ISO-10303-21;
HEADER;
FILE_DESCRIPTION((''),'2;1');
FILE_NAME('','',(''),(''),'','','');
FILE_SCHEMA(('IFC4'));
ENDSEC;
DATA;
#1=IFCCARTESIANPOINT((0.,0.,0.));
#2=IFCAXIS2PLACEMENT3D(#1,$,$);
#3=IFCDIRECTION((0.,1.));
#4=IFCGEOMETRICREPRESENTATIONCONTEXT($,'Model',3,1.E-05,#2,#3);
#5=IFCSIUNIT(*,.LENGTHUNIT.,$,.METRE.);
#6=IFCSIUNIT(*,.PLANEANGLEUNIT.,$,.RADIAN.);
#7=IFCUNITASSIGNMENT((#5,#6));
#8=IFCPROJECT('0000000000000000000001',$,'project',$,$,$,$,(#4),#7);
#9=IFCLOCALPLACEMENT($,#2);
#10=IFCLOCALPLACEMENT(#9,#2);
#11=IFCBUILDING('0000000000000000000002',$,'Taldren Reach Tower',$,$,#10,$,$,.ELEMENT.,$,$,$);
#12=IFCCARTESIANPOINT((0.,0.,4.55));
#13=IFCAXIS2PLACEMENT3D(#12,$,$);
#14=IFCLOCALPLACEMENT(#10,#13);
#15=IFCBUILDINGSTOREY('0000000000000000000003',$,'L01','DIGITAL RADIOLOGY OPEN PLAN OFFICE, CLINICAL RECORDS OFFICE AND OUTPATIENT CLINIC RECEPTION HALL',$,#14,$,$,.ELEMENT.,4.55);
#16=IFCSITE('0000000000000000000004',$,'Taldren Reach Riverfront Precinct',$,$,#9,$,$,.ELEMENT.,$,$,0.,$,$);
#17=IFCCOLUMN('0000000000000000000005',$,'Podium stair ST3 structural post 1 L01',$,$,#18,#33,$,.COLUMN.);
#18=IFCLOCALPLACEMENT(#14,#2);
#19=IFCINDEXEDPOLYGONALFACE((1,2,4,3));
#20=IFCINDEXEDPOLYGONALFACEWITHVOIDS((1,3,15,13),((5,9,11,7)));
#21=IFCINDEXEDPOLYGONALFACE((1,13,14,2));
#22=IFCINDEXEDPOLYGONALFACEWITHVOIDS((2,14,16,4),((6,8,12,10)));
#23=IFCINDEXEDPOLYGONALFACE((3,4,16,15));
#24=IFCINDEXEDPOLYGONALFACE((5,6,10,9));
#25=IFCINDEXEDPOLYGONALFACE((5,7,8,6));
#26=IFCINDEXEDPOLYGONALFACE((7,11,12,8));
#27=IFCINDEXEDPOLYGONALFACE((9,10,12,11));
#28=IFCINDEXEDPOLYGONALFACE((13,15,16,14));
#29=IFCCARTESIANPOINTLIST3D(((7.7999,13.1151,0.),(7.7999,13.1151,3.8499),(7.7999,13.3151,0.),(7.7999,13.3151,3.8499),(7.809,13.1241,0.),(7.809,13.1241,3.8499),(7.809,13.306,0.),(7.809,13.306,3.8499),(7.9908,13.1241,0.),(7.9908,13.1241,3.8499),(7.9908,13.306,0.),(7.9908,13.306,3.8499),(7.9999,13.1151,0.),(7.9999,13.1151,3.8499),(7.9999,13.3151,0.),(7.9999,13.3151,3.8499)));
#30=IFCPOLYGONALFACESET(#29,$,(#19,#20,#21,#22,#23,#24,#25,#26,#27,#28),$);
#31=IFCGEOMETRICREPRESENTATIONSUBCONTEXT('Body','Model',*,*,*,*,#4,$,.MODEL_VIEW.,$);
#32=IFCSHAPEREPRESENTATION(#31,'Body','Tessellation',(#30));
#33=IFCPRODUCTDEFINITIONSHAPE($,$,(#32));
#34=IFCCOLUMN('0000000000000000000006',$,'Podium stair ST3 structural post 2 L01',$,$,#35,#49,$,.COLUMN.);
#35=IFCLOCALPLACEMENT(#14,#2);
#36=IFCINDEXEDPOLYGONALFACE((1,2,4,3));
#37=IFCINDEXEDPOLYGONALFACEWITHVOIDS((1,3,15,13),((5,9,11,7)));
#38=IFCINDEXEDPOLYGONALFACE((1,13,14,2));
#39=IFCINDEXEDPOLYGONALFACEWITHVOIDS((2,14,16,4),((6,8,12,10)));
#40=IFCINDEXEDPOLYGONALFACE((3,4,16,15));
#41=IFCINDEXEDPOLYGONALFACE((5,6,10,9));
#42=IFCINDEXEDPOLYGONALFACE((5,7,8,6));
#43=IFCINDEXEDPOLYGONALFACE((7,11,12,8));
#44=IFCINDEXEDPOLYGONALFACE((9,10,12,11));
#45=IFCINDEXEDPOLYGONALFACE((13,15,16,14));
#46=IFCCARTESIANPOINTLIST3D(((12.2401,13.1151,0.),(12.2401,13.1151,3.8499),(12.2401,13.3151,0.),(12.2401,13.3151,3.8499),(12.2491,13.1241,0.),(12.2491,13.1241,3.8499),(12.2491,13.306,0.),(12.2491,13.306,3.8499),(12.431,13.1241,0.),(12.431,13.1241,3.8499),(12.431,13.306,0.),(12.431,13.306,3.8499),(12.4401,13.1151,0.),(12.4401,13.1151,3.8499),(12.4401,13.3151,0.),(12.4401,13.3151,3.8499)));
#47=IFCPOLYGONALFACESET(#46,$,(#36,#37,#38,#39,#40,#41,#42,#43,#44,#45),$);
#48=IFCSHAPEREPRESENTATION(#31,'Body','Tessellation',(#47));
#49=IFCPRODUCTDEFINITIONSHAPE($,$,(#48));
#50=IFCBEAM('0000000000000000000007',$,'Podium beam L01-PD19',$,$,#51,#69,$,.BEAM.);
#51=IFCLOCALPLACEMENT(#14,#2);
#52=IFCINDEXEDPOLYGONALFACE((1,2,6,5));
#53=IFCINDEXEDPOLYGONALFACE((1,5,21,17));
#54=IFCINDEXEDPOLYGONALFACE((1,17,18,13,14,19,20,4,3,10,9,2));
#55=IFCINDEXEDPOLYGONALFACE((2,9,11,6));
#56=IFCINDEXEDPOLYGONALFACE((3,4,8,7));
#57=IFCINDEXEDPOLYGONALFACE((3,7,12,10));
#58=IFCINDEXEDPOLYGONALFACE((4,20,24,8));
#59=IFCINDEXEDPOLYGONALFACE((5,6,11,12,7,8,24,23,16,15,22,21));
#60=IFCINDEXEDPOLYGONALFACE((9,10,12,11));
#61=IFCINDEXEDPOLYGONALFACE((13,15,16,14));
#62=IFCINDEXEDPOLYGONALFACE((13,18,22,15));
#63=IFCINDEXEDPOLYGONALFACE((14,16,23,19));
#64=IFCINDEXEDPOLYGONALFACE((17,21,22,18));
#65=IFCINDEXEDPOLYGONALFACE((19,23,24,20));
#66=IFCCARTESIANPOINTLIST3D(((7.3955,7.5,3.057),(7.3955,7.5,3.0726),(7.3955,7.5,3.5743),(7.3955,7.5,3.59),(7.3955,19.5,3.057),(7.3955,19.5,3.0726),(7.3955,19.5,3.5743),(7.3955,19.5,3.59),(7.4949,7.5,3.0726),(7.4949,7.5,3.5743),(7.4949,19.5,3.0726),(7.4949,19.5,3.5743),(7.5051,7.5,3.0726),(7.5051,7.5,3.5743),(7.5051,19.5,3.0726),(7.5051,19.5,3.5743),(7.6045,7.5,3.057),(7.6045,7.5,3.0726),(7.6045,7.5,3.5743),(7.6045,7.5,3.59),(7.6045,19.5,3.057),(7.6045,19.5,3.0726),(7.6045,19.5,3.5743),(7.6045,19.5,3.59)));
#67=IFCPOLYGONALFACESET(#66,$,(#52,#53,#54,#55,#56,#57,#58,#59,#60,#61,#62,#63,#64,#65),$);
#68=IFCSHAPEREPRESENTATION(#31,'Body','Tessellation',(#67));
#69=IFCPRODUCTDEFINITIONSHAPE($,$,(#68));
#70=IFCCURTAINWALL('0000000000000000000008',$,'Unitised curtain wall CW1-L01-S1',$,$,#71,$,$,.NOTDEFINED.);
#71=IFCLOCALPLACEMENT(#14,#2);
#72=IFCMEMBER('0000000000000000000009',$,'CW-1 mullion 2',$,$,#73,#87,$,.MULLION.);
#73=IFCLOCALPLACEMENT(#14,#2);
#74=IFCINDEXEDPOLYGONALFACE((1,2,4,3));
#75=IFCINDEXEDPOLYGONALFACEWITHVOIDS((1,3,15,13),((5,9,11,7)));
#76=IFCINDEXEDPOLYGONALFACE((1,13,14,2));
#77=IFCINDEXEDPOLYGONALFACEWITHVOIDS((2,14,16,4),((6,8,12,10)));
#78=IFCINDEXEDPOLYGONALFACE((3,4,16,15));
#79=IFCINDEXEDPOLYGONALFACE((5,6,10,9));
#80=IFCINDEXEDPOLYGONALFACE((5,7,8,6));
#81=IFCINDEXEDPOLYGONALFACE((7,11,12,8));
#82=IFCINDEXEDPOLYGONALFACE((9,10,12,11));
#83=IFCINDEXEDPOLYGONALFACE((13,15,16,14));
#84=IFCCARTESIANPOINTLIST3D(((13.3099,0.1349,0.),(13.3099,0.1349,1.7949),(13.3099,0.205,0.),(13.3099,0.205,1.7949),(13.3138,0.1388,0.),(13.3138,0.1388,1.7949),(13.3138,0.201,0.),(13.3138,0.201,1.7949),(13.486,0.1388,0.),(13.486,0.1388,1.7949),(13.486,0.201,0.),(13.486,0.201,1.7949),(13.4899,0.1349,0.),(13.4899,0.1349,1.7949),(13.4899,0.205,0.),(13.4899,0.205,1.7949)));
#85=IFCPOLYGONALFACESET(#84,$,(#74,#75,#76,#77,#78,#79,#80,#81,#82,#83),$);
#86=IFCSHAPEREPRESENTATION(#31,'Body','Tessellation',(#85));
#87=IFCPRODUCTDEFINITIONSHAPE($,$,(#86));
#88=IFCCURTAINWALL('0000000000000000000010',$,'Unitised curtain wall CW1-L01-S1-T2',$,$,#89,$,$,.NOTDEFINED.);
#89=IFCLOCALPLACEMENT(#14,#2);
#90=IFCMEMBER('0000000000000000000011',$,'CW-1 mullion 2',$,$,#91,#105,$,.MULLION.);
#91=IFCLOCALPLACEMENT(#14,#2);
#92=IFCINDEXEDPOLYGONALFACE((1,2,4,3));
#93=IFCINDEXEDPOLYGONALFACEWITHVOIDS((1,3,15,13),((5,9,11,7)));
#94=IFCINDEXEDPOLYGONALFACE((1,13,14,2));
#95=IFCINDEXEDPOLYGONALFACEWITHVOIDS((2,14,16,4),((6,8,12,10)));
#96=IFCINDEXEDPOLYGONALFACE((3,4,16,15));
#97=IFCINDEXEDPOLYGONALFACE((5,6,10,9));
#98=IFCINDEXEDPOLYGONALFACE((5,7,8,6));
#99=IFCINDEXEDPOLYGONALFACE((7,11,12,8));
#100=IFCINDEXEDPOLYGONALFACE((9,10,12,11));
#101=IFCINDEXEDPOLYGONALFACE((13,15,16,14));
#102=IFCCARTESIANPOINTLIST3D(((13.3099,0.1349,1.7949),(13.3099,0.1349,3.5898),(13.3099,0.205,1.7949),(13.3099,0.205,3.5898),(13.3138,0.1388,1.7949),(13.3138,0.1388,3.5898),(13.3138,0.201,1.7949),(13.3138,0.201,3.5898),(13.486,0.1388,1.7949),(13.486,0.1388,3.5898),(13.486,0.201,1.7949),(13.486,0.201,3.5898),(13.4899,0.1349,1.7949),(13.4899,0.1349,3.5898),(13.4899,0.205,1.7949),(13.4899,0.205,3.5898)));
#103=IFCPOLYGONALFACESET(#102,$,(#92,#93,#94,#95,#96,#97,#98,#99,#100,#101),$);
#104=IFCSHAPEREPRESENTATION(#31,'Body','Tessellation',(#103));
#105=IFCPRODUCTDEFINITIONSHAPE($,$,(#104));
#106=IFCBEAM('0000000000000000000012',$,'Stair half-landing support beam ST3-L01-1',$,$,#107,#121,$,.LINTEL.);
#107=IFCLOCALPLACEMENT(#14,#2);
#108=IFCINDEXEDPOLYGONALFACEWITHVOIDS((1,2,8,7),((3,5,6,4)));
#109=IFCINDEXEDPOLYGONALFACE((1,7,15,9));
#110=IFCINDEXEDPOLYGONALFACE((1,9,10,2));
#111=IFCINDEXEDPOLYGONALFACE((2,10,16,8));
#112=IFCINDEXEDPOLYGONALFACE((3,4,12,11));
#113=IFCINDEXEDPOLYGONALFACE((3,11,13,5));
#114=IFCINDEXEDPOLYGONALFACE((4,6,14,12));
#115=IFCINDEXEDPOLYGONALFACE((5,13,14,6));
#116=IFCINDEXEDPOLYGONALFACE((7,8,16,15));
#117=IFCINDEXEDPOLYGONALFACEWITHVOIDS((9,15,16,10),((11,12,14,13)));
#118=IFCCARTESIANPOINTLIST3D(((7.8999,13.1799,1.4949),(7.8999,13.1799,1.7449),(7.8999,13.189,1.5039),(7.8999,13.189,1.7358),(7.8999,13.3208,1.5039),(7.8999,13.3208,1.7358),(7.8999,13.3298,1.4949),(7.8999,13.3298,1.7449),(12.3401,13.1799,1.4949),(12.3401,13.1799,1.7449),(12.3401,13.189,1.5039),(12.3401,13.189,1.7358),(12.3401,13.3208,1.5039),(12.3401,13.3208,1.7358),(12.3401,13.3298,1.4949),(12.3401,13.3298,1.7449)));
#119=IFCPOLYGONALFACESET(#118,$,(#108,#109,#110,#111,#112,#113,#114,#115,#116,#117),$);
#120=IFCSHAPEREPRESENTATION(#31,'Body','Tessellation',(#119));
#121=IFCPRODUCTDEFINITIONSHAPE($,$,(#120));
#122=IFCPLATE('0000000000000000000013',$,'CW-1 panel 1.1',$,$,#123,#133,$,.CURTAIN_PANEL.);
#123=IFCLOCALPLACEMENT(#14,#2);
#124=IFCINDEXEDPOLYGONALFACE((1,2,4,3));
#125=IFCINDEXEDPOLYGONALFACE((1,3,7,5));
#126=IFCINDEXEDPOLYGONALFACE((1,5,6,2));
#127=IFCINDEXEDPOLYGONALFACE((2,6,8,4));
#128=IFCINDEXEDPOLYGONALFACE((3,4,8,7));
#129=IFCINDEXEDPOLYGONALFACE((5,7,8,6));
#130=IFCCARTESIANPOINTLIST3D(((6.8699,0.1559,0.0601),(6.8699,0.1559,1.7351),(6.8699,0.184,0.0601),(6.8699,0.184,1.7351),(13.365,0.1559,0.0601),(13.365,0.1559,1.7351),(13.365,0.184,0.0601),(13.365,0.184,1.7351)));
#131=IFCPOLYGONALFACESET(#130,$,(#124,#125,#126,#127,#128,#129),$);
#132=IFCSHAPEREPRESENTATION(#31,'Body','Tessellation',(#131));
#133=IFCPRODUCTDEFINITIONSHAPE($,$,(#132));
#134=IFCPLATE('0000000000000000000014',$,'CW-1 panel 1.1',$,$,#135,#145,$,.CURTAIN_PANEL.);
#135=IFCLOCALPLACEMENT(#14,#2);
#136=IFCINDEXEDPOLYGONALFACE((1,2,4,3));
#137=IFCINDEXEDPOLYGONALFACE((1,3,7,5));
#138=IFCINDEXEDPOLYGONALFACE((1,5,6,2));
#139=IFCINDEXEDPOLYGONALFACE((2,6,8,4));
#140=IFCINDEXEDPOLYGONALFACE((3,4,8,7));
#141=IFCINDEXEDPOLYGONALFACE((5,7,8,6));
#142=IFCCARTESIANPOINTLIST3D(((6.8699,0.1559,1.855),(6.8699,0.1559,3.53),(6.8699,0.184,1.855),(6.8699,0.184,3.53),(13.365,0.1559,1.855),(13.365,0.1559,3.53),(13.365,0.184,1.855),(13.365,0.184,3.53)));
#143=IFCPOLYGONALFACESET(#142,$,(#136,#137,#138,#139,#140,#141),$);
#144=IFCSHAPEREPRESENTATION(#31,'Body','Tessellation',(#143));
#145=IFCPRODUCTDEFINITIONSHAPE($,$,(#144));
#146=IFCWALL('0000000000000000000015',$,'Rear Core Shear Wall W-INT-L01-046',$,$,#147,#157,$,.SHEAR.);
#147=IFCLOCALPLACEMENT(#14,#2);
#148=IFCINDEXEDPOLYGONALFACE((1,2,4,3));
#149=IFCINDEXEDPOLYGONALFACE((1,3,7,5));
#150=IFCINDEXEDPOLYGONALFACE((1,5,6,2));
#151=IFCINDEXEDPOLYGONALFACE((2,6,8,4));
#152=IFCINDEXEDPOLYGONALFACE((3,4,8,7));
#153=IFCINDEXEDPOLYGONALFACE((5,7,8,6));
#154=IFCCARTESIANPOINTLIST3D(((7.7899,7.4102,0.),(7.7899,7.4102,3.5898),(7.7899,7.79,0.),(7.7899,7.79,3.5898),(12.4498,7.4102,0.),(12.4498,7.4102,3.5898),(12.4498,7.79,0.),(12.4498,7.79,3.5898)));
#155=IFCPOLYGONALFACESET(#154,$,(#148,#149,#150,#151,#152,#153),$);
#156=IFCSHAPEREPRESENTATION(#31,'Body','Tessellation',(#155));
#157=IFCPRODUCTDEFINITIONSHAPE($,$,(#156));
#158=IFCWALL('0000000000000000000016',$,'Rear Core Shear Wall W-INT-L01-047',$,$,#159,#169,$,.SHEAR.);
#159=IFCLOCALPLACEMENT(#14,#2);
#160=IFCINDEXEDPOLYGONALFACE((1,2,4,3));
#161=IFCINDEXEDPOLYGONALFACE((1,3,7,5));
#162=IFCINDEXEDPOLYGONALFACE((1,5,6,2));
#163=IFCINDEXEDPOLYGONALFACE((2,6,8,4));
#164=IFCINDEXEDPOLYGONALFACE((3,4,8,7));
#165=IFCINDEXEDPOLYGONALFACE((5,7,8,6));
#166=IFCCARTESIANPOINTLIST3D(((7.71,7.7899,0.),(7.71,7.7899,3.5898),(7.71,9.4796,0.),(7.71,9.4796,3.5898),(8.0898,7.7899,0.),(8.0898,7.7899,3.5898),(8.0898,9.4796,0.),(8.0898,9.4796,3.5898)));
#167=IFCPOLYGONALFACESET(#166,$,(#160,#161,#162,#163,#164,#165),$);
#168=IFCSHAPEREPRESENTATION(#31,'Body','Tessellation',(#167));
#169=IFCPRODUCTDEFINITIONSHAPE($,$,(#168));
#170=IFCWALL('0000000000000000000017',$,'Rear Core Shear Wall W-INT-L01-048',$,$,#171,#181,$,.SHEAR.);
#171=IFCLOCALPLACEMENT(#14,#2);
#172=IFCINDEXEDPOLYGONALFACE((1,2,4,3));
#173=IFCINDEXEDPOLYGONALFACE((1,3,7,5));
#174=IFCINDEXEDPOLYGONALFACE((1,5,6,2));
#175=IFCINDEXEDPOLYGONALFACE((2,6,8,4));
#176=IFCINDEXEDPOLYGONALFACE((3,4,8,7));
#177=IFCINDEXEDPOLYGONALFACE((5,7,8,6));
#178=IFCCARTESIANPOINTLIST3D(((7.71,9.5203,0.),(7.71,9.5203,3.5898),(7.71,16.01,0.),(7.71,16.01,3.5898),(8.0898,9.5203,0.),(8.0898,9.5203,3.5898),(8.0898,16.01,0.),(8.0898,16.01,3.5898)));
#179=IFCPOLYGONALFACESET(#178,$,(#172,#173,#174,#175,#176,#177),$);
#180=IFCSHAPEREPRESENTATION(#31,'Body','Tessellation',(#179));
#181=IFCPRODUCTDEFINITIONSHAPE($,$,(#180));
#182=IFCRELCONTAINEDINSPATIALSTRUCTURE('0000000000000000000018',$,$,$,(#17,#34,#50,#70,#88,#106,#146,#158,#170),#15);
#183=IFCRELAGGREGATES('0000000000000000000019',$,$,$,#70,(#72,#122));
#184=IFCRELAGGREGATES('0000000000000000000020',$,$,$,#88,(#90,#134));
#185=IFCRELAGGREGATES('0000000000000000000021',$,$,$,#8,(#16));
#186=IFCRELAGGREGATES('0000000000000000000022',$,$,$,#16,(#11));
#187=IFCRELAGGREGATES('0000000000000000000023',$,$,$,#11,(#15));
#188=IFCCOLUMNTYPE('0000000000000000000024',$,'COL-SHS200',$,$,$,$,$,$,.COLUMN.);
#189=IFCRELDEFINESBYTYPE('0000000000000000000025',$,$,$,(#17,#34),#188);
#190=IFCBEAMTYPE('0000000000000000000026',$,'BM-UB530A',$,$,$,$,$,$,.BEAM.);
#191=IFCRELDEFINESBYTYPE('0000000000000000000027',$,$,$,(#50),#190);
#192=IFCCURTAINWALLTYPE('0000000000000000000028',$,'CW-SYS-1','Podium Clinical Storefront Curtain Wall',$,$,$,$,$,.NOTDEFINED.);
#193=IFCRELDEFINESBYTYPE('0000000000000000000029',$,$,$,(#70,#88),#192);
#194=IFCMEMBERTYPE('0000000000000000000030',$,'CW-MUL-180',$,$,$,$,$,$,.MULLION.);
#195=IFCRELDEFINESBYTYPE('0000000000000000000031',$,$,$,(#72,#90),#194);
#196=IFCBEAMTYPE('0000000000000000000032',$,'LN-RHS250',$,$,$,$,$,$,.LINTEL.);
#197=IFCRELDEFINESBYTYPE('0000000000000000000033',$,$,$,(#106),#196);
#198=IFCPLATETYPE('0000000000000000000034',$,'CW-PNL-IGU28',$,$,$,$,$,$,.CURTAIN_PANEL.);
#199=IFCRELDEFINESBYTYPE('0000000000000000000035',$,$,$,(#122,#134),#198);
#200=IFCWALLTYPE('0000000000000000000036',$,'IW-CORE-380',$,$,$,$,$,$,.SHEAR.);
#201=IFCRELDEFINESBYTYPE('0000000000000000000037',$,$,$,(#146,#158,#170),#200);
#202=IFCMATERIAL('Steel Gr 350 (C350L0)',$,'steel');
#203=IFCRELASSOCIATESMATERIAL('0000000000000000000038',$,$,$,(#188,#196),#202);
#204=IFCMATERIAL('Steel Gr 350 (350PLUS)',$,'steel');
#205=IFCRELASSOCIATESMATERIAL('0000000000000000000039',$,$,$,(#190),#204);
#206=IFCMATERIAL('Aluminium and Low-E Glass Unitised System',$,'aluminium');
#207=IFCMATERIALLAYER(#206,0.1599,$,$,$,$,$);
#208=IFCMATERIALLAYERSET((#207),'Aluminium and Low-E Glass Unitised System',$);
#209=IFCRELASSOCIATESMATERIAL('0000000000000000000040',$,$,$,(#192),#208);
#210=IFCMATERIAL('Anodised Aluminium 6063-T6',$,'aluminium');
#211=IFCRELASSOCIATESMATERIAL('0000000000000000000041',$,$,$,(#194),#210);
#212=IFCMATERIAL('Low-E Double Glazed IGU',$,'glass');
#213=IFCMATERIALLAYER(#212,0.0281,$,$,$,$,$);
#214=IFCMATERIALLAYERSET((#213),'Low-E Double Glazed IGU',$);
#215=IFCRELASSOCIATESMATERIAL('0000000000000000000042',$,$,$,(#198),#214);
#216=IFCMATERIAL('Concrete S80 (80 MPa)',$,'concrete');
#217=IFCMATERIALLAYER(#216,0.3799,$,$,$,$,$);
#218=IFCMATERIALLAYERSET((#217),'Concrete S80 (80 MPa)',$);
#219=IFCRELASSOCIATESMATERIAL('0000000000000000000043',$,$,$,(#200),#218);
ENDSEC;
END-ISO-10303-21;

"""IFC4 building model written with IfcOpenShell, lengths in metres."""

from ifc_helpers import new_model, si_unit, direction, frame, frame_2d, origin, origin_2d, place, context, subcontext, project, spatial, rectangle, hollow_rectangle, i_section, extrude, source, transform, mapped, material, layer, layer_set, material_profile, profile_set, type_object, element, aggregate, save


model = new_model("IFC4")

# Units and contexts
model_context = context("Model", 3, precision=1e-05, world=origin(), true_north=direction((0.0, 1.0)))
body_context = subcontext(model_context, "Body", "Model", "MODEL_VIEW")
ifc_project = project(units=[si_unit("LENGTHUNIT", "METRE"), si_unit("PLANEANGLEUNIT", "RADIAN")], contexts=[model_context])

# Site, building, storey
site_placement = place(None, origin())
site = spatial("IfcSite", under=ifc_project, at=site_placement, Name="Taldren Reach Riverfront Precinct", CompositionType="ELEMENT", RefElevation=0.0)
building_placement = place(site_placement, origin())
building = spatial("IfcBuilding", under=site, at=building_placement, Name="Taldren Reach Tower", CompositionType="ELEMENT")
storey_placement = place(building_placement, frame((0.0, 0.0, 4.55)))
storey = spatial("IfcBuildingStorey", under=building, at=storey_placement, Name="L01", Description="DIGITAL RADIOLOGY OPEN PLAN OFFICE, CLINICAL RECORDS OFFICE AND OUTPATIENT CLINIC RECEPTION HALL", CompositionType="ELEMENT", Elevation=4.55)

# Columns
ifc_material_1 = material(Name="Steel Gr 350 (C350L0)", Category="steel")
ifc_material_profile_1 = material_profile(ifc_material_1, hollow_rectangle(XDim=0.2, YDim=0.2, WallThickness=0.009, at=origin_2d()), Name="200x200x9.0SHS")
ifc_profile_set_1 = profile_set([ifc_material_profile_1], Name="Steel Gr 350 (C350L0)")
column_type = type_object("IfcColumnType", Name="COL-SHS200", PredefinedType="COLUMN", material=ifc_profile_set_1)
shared_shape_1 = source(origin(), body_context, "Body", "SweptSolid", [
    extrude(hollow_rectangle(XDim=0.2, YDim=0.2, WallThickness=0.009, at=origin_2d()), origin(), (0.0, 0.0, 1.0), 3.8499),
])
for number, where, z_axis, x_axis, name in (
    (1, (7.8999, 13.2151, 0.0), (0.0, 0.0, 1.0), (1.0, 0.0, 0.0), "Podium stair ST3 structural post 1 L01"),
    (2, (12.3401, 13.2151, 0.0), (0.0, 0.0, 1.0), (1.0, 0.0, 0.0), "Podium stair ST3 structural post 2 L01"),
):
    element("IfcColumn", number, at=place(storey_placement, frame(where, z_axis=z_axis, x_axis=x_axis)), inside=storey, type_object=column_type, Name=name, PredefinedType="COLUMN", context=body_context, shape_type="MappedRepresentation", body=[
        mapped(shared_shape_1, transform((0.0, 0.0, 0.0), scale=1.0)),
    ])

# Beam
ifc_material_2 = material(Name="Steel Gr 350 (350PLUS)", Category="steel")
ifc_material_profile_2 = material_profile(ifc_material_2, i_section(OverallWidth=0.209, OverallDepth=0.533, WebThickness=0.0103, FlangeThickness=0.0156, at=origin_2d()), Name="530UB92.4")
ifc_profile_set_2 = profile_set([ifc_material_profile_2], Name="Steel Gr 350 (350PLUS)")
beam_type_1 = type_object("IfcBeamType", Name="BM-UB530A", PredefinedType="BEAM", material=ifc_profile_set_2)
shared_shape_2 = source(origin(), body_context, "Body", "SweptSolid", [
    extrude(i_section(OverallWidth=0.209, OverallDepth=0.533, WebThickness=0.0103, FlangeThickness=0.0156, at=origin_2d()), origin(), (0.0, 0.0, 1.0), 12.0),
])
beam_1_placement = place(storey_placement, frame((7.5, 7.5, 3.3235), z_axis=(0.0, 1.0, 0.0), x_axis=(-1.0, 0.0, 0.0)))
element("IfcBeam", 3, at=beam_1_placement, inside=storey, type_object=beam_type_1, Name="Podium beam L01-PD19", PredefinedType="BEAM", context=body_context, shape_type="MappedRepresentation", body=[
    mapped(shared_shape_2, transform((0.0, 0.0, 0.0), scale=1.0)),
])

# Curtain walls, members
ifc_material_3 = material(Name="Aluminium and Low-E Glass Unitised System", Category="aluminium")
ifc_layer_1 = layer(ifc_material_3, 0.1599)
ifc_layer_set_1 = layer_set([ifc_layer_1], Name="Aluminium and Low-E Glass Unitised System")
curtain_wall_type = type_object("IfcCurtainWallType", Name="CW-SYS-1", Description="Podium Clinical Storefront Curtain Wall", PredefinedType="NOTDEFINED", material=ifc_layer_set_1)
curtain_wall_1_placement = place(storey_placement, origin())
curtain_wall_1 = element("IfcCurtainWall", 4, at=curtain_wall_1_placement, inside=storey, type_object=curtain_wall_type, Name="Unitised curtain wall CW1-L01-S1", PredefinedType="NOTDEFINED")
ifc_material_4 = material(Name="Anodised Aluminium 6063-T6", Category="aluminium")
ifc_material_profile_3 = material_profile(ifc_material_4, hollow_rectangle(XDim=0.0701, YDim=0.1799, WallThickness=0.0039, at=origin_2d()), Name="ALU-180x70x4RHS")
ifc_profile_set_3 = profile_set([ifc_material_profile_3], Name="Anodised Aluminium 6063-T6")
member_type = type_object("IfcMemberType", Name="CW-MUL-180", PredefinedType="MULLION", material=ifc_profile_set_3)
shared_shape_3 = source(origin(), body_context, "Body", "SweptSolid", [
    extrude(hollow_rectangle(XDim=0.0701, YDim=0.1799, WallThickness=0.0039, at=origin_2d()), origin(), (0.0, 0.0, 1.0), 1.7949),
])
member_1_placement = place(storey_placement, frame((13.3999, 0.1699, 0.0), z_axis=(0.0, 0.0, 1.0), x_axis=(0.0, 1.0, 0.0)))
member_1 = element("IfcMember", 5, at=member_1_placement, type_object=member_type, Name="CW-1 mullion 2", PredefinedType="MULLION", context=body_context, shape_type="MappedRepresentation", body=[
    mapped(shared_shape_3, transform((0.0, 0.0, 0.0), scale=1.0)),
])
curtain_wall_2_placement = place(storey_placement, origin())
curtain_wall_2 = element("IfcCurtainWall", 6, at=curtain_wall_2_placement, inside=storey, type_object=curtain_wall_type, Name="Unitised curtain wall CW1-L01-S1-T2", PredefinedType="NOTDEFINED")
member_2_placement = place(storey_placement, frame((13.3999, 0.1699, 1.7949), z_axis=(0.0, 0.0, 1.0), x_axis=(0.0, 1.0, 0.0)))
member_2 = element("IfcMember", 7, at=member_2_placement, type_object=member_type, Name="CW-1 mullion 2", PredefinedType="MULLION", context=body_context, shape_type="MappedRepresentation", body=[
    mapped(shared_shape_3, transform((0.0, 0.0, 0.0), scale=1.0)),
])

# Beam
ifc_material_profile_4 = material_profile(ifc_material_1, hollow_rectangle(XDim=0.1499, YDim=0.25, WallThickness=0.009, at=origin_2d()), Name="250x150x9.0RHS")
ifc_profile_set_4 = profile_set([ifc_material_profile_4], Name="Steel Gr 350 (C350L0)")
beam_type_2 = type_object("IfcBeamType", Name="LN-RHS250", PredefinedType="LINTEL", material=ifc_profile_set_4)
shared_shape_4 = source(origin(), body_context, "Body", "SweptSolid", [
    extrude(hollow_rectangle(XDim=0.1499, YDim=0.25, WallThickness=0.009, at=origin_2d()), origin(), (0.0, 0.0, 1.0), 4.4402),
])
beam_2_placement = place(storey_placement, frame((7.8999, 13.2549, 1.6199), z_axis=(1.0, 0.0, 0.0), x_axis=(0.0, 1.0, 0.0)))
element("IfcBeam", 8, at=beam_2_placement, inside=storey, type_object=beam_type_2, Name="Stair half-landing support beam ST3-L01-1", PredefinedType="LINTEL", context=body_context, shape_type="MappedRepresentation", body=[
    mapped(shared_shape_4, transform((0.0, 0.0, 0.0), scale=1.0)),
])

# Plates
ifc_material_5 = material(Name="Low-E Double Glazed IGU", Category="glass")
ifc_layer_2 = layer(ifc_material_5, 0.0281)
ifc_layer_set_2 = layer_set([ifc_layer_2], Name="Low-E Double Glazed IGU")
plate_type = type_object("IfcPlateType", Name="CW-PNL-IGU28", PredefinedType="CURTAIN_PANEL", material=ifc_layer_set_2)
shared_shape_5 = source(origin(), body_context, "Body", "SweptSolid", [
    extrude(rectangle(XDim=6.4951, YDim=0.0281, at=origin_2d()), origin(), (0.0, 0.0, 1.0), 1.675),
])
plate_1_placement = place(storey_placement, frame((10.1174, 0.1699, 0.0601), z_axis=(0.0, 0.0, 1.0), x_axis=(1.0, 0.0, 0.0)))
plate_1 = element("IfcPlate", 9, at=plate_1_placement, type_object=plate_type, Name="CW-1 panel 1.1", PredefinedType="CURTAIN_PANEL", context=body_context, shape_type="MappedRepresentation", body=[
    mapped(shared_shape_5, transform((0.0, 0.0, 0.0), scale=1.0)),
])
aggregate(curtain_wall_1, [member_1, plate_1])
plate_2_placement = place(storey_placement, frame((10.1174, 0.1699, 1.855), z_axis=(0.0, 0.0, 1.0), x_axis=(1.0, 0.0, 0.0)))
plate_2 = element("IfcPlate", 10, at=plate_2_placement, type_object=plate_type, Name="CW-1 panel 1.1", PredefinedType="CURTAIN_PANEL", context=body_context, shape_type="MappedRepresentation", body=[
    mapped(shared_shape_5, transform((0.0, 0.0, 0.0), scale=1.0)),
])
aggregate(curtain_wall_2, [member_2, plate_2])

# Walls
ifc_material_6 = material(Name="Concrete S80 (80 MPa)", Category="concrete")
ifc_layer_3 = layer(ifc_material_6, 0.3799)
ifc_layer_set_3 = layer_set([ifc_layer_3], Name="Concrete S80 (80 MPa)")
wall_type = type_object("IfcWallType", Name="IW-CORE-380", PredefinedType="SHEAR", material=ifc_layer_set_3)
shared_shape_6 = source(origin(), body_context, "Body", "SweptSolid", [
    extrude(rectangle(XDim=4.6599, YDim=0.3799, at=frame_2d((2.3301, 0.0))), origin(), (0.0, 0.0, 1.0), 3.5898),
])
wall_1_placement = place(storey_placement, frame((12.45, 7.6001, 0.0), z_axis=(0.0, 0.0, 1.0), x_axis=(-1.0, 0.0, 0.0)))
element("IfcWall", 11, at=wall_1_placement, inside=storey, type_object=wall_type, Name="Rear Core Shear Wall W-INT-L01-046", PredefinedType="SHEAR", context=body_context, shape_type="MappedRepresentation", body=[
    mapped(shared_shape_6, transform((0.0, 0.0, 0.0), scale=1.0)),
])
shared_shape_7 = source(origin(), body_context, "Body", "SweptSolid", [
    extrude(rectangle(XDim=1.6897, YDim=0.3799, at=frame_2d((0.8447, 0.0))), origin(), (0.0, 0.0, 1.0), 3.5898),
])
wall_2_placement = place(storey_placement, frame((7.8999, 7.79, 0.0), z_axis=(0.0, 0.0, 1.0), x_axis=(0.0, 1.0, 0.0)))
element("IfcWall", 12, at=wall_2_placement, inside=storey, type_object=wall_type, Name="Rear Core Shear Wall W-INT-L01-047", PredefinedType="SHEAR", context=body_context, shape_type="MappedRepresentation", body=[
    mapped(shared_shape_7, transform((0.0, 0.0, 0.0), scale=1.0)),
])
shared_shape_8 = source(origin(), body_context, "Body", "SweptSolid", [
    extrude(rectangle(XDim=6.4897, YDim=0.3799, at=frame_2d((3.2449, 0.0))), origin(), (0.0, 0.0, 1.0), 3.5898),
])
wall_3_placement = place(storey_placement, frame((7.8999, 9.5203, 0.0), z_axis=(0.0, 0.0, 1.0), x_axis=(0.0, 1.0, 0.0)))
element("IfcWall", 13, at=wall_3_placement, inside=storey, type_object=wall_type, Name="Rear Core Shear Wall W-INT-L01-048", PredefinedType="SHEAR", context=body_context, shape_type="MappedRepresentation", body=[
    mapped(shared_shape_8, transform((0.0, 0.0, 0.0), scale=1.0)),
])

save(model, "model.ifc")
